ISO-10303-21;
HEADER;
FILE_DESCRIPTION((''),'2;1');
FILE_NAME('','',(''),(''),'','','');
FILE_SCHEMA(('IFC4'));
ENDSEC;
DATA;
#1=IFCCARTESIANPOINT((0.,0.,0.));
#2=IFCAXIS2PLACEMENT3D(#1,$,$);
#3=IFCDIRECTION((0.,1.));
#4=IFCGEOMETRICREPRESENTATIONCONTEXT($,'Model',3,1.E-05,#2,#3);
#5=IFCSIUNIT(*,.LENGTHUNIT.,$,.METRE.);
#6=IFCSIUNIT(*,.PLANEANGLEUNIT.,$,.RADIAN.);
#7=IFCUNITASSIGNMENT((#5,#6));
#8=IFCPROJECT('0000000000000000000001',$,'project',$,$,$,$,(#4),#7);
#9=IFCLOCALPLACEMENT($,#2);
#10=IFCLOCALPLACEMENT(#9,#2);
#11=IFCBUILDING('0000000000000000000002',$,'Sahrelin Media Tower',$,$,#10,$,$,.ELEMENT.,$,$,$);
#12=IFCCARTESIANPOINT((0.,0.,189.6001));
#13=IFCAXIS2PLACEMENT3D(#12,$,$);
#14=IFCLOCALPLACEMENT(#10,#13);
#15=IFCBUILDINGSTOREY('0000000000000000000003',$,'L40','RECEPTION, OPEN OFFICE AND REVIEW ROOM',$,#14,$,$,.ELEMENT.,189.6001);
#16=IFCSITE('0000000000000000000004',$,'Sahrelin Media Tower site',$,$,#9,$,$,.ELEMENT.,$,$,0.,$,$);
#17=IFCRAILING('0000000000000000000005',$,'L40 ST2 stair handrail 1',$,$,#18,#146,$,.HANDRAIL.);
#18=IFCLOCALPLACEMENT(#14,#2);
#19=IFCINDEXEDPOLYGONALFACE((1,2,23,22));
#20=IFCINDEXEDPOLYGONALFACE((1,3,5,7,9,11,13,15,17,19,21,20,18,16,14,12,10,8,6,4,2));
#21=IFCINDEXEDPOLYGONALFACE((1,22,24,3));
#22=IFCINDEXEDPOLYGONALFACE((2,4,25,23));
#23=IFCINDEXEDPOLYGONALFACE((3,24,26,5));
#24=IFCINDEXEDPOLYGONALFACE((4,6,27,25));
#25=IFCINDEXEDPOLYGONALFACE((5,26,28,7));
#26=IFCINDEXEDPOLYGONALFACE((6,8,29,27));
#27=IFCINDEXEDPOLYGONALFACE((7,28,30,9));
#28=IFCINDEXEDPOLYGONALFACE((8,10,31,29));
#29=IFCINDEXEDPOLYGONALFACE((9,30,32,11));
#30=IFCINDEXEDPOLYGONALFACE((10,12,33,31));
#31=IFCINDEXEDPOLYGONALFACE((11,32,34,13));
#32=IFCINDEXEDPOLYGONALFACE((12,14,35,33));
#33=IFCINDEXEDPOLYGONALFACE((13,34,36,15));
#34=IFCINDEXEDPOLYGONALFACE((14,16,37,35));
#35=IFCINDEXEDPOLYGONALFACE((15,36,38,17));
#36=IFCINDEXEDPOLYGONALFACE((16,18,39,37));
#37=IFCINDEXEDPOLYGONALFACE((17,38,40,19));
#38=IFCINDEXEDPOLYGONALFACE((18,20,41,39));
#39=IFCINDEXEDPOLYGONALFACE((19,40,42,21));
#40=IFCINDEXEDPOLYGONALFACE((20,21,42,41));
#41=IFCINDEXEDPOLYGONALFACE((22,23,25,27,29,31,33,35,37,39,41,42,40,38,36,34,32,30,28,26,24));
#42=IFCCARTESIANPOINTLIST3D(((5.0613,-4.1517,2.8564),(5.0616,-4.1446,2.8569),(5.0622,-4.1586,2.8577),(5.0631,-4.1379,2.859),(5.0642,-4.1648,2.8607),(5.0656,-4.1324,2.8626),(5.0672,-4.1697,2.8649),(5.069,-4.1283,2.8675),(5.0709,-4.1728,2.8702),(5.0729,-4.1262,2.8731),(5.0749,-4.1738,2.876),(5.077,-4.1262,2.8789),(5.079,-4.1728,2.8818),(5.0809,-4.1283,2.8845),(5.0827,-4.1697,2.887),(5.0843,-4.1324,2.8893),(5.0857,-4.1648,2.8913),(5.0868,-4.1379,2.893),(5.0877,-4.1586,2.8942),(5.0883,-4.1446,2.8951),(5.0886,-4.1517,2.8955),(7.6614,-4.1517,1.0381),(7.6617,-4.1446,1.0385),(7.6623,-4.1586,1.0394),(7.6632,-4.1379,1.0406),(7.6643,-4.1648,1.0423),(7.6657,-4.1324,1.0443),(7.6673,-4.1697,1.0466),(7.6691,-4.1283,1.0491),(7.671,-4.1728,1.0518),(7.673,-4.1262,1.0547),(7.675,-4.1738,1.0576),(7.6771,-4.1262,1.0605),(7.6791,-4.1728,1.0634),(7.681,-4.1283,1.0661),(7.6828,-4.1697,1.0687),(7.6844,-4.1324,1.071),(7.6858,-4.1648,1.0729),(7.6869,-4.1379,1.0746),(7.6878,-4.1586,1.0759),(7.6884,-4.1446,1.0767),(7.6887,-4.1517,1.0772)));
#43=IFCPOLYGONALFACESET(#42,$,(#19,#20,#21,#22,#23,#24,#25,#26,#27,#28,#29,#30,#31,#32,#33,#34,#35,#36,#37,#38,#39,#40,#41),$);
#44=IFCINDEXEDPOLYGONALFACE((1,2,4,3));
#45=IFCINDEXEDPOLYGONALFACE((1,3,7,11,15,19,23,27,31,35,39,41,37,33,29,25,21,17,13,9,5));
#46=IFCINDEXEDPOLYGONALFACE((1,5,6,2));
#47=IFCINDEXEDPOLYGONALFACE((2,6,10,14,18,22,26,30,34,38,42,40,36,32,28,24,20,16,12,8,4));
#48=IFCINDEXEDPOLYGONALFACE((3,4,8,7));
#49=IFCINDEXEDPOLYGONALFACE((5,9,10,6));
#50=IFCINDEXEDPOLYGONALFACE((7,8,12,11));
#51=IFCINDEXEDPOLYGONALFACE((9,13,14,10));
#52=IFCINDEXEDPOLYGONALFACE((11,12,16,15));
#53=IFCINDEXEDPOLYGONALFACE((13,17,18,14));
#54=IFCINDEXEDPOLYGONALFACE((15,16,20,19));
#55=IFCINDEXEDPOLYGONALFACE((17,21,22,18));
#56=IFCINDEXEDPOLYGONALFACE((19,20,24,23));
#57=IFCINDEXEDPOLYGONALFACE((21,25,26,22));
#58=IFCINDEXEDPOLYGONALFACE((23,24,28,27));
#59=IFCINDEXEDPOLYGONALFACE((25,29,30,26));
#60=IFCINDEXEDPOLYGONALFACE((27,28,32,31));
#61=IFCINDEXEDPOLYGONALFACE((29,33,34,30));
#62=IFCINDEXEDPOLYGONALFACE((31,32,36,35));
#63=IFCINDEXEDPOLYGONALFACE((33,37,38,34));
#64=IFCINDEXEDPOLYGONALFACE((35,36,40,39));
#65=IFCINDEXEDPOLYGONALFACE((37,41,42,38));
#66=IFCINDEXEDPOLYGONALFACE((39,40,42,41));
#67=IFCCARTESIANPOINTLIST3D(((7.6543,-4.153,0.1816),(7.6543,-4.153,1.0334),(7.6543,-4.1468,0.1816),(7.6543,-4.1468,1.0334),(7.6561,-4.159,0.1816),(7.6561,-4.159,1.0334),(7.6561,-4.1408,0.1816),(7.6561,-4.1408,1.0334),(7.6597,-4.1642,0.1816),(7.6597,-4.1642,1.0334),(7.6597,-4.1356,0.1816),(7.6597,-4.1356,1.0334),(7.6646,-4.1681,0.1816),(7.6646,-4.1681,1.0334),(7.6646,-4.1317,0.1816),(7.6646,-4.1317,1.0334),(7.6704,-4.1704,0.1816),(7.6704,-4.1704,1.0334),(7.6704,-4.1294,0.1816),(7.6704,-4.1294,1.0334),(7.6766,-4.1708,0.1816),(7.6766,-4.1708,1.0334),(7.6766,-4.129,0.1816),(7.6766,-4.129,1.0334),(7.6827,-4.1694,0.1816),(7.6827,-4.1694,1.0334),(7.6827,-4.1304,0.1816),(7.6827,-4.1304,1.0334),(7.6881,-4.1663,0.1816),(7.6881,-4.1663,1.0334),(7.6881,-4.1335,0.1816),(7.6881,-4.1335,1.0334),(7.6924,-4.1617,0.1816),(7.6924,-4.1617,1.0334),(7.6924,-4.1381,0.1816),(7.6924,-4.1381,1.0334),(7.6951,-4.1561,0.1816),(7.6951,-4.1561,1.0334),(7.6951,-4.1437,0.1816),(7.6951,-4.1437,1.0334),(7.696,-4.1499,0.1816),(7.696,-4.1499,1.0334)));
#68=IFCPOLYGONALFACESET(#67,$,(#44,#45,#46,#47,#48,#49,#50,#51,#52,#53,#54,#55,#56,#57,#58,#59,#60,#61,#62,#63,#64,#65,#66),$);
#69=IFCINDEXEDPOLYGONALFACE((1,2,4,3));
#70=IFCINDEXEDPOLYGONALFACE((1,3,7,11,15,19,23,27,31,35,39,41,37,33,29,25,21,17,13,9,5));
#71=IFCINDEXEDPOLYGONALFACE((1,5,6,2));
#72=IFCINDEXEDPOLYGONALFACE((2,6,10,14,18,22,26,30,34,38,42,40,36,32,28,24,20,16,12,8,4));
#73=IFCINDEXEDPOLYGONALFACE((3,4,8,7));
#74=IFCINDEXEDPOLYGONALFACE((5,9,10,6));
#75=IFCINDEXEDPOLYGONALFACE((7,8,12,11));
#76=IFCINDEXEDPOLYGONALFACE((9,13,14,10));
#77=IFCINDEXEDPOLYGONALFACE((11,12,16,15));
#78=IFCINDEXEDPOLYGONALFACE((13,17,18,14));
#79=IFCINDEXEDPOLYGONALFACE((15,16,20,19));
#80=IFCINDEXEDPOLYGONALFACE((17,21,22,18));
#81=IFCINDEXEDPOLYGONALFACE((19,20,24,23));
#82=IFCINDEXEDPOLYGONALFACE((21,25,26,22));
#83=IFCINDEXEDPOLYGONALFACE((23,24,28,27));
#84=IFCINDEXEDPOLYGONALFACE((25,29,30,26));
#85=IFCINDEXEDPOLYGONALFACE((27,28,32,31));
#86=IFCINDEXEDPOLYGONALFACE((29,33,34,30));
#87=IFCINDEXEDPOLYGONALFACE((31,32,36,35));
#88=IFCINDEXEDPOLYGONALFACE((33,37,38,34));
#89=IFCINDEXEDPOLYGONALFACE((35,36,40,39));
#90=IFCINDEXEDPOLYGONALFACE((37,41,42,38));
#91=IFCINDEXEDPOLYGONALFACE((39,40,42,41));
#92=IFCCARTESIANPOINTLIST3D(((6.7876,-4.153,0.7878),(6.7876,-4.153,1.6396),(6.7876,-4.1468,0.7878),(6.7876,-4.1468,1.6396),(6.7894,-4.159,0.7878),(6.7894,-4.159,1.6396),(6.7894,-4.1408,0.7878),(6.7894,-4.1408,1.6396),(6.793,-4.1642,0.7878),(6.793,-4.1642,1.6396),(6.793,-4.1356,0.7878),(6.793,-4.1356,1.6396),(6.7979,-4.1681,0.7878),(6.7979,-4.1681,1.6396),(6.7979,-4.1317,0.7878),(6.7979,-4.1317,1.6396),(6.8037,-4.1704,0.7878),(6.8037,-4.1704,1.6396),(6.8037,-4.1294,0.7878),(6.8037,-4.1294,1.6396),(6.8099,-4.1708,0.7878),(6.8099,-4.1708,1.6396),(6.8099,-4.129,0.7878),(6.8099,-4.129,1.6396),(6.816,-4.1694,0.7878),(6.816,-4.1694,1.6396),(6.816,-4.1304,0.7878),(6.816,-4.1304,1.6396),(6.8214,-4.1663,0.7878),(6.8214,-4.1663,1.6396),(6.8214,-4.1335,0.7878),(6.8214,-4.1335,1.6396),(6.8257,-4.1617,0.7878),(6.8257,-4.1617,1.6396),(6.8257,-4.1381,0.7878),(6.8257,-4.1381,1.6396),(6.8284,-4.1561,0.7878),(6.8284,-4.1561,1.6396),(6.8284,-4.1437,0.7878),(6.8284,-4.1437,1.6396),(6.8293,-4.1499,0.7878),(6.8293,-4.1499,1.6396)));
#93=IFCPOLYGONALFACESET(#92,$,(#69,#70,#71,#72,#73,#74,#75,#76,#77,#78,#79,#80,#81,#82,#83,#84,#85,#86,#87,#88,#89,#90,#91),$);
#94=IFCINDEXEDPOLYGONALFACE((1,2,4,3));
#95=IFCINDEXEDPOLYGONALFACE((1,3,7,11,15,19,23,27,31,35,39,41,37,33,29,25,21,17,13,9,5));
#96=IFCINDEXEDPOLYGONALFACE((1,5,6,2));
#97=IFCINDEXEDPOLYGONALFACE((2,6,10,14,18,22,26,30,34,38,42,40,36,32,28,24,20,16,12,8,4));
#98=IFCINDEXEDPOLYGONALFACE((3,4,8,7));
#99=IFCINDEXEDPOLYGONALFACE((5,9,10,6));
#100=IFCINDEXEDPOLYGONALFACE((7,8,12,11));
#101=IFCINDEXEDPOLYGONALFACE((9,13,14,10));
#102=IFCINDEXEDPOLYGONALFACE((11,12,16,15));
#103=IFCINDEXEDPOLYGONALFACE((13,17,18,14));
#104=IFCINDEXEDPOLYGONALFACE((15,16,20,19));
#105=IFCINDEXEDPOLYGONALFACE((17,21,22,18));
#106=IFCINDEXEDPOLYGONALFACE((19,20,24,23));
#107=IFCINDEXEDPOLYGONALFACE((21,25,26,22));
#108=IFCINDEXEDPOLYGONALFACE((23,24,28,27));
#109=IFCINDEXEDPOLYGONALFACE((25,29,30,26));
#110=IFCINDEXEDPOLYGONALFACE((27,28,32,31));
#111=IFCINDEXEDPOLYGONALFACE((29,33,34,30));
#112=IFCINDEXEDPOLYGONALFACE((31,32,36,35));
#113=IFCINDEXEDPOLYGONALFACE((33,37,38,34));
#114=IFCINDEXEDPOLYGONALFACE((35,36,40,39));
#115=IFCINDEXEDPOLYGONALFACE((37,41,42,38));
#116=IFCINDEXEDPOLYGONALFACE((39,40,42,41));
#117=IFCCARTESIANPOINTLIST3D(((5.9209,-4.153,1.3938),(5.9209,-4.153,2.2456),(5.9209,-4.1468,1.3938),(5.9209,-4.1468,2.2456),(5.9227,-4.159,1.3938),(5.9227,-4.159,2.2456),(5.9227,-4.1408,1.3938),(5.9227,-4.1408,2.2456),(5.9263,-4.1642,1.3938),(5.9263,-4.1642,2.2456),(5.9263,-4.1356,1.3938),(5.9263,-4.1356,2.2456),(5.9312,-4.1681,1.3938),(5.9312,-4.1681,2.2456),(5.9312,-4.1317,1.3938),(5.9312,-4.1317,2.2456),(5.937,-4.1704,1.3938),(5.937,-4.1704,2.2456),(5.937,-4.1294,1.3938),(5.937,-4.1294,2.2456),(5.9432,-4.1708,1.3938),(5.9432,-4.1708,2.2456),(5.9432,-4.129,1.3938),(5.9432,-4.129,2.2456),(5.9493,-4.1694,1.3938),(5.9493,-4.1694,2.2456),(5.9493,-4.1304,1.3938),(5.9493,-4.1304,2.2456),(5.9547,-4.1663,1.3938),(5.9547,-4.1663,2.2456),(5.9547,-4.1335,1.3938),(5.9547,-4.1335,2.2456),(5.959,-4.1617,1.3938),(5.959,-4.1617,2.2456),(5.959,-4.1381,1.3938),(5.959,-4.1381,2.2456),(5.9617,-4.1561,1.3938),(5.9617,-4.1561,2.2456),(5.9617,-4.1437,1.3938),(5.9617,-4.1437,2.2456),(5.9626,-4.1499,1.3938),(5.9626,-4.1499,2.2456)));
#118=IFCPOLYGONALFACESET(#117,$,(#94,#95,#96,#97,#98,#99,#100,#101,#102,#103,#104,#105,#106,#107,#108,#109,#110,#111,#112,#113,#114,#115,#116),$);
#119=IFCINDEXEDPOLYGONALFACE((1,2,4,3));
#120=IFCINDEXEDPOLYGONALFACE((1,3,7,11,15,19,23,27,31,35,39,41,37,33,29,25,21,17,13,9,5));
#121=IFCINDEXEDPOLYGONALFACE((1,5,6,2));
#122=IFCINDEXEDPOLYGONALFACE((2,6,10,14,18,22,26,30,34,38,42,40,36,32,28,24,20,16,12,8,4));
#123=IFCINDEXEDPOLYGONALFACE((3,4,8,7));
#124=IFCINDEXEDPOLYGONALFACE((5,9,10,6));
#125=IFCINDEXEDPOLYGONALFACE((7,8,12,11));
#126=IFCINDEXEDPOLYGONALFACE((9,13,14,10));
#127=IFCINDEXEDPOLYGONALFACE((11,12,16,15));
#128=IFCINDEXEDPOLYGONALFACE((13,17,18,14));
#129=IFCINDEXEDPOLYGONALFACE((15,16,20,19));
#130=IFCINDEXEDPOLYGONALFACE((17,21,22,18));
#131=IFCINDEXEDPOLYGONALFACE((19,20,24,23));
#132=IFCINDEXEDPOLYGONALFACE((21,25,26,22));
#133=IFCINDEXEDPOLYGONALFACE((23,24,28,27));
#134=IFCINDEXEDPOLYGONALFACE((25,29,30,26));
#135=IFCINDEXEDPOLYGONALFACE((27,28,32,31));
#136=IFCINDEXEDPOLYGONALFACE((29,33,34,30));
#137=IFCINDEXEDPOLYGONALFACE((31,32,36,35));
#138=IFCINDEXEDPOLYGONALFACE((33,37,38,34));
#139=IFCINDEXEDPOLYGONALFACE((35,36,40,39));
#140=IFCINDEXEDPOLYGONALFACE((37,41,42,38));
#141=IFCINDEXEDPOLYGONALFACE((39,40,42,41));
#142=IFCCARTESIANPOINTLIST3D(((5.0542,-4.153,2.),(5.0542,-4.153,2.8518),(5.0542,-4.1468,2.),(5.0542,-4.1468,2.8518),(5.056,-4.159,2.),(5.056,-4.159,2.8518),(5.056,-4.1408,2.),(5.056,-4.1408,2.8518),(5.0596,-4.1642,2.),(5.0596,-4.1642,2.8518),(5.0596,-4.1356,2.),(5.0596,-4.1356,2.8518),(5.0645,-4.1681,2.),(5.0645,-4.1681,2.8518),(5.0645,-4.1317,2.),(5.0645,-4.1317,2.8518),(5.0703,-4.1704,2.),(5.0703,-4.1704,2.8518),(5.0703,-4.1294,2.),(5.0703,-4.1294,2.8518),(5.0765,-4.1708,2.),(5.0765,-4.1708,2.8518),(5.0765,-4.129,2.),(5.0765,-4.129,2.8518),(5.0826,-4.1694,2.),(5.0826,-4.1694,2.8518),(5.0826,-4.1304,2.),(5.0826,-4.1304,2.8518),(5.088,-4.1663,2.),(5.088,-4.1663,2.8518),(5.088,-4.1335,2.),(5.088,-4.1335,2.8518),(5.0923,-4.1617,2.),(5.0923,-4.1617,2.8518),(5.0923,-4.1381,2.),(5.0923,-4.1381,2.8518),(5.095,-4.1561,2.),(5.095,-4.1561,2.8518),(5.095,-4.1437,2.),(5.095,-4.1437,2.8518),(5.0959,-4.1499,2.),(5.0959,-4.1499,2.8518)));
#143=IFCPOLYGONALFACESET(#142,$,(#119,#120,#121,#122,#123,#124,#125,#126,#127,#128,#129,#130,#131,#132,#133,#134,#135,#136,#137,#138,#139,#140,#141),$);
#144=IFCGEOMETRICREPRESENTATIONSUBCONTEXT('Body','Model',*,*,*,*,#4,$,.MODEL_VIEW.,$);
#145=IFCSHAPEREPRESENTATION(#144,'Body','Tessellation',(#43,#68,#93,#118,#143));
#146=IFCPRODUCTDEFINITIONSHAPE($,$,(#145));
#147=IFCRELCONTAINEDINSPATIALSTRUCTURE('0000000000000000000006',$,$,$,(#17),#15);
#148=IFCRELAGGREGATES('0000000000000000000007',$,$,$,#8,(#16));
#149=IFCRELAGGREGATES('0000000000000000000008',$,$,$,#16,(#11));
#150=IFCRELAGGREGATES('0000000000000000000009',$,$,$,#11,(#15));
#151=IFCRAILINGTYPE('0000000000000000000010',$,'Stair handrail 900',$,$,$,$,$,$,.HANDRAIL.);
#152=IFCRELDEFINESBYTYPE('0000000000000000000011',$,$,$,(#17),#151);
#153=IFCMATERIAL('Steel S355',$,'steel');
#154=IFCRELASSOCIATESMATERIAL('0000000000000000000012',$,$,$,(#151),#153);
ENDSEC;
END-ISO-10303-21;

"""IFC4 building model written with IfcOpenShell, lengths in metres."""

from ifc_helpers import new_model, si_unit, direction, frame, origin, origin_2d, place, context, subcontext, project, spatial, circle, extrude, material, type_object, element, save


model = new_model("IFC4")

# Units and contexts
model_context = context("Model", 3, precision=1e-05, world=origin(), true_north=direction((0.0, 1.0)))
body_context = subcontext(model_context, "Body", "Model", "MODEL_VIEW")
ifc_project = project(units=[si_unit("LENGTHUNIT", "METRE"), si_unit("PLANEANGLEUNIT", "RADIAN")], contexts=[model_context])

# Site, building, storey
site_placement = place(None, origin())
site = spatial("IfcSite", under=ifc_project, at=site_placement, Name="Sahrelin Media Tower site", CompositionType="ELEMENT", RefElevation=0.0)
building_placement = place(site_placement, origin())
building = spatial("IfcBuilding", under=site, at=building_placement, Name="Sahrelin Media Tower", CompositionType="ELEMENT")
storey_placement = place(building_placement, frame((0.0, 0.0, 189.6001)))
storey = spatial("IfcBuildingStorey", under=building, at=storey_placement, Name="L40", Description="RECEPTION, OPEN OFFICE AND REVIEW ROOM", CompositionType="ELEMENT", Elevation=189.6001)

# Shared definitions
ifc_material_1 = material(Name="Steel S355", Category="steel")

# Railing
railing_type_1 = type_object("IfcRailingType", Name="Stair handrail 900", PredefinedType="HANDRAIL", material=ifc_material_1)
railing_1_placement = place(storey_placement, frame((7.675, -4.1499, 0.1816)))
element("IfcRailing", 1, at=railing_1_placement, inside=storey, type_object=railing_type_1, Name="L40 ST2 stair handrail 1", PredefinedType="HANDRAIL", context=body_context, shape_type="SweptSolid", body=[
    extrude(circle(Radius=0.0239, at=origin_2d()), frame((0.0, 0.0, 0.876), z_axis=(-0.819485, 0.0, 0.573101), x_axis=(0.0, -1.0, 0.0)), (0.0, 0.0, 1.0), 3.1729),
    extrude(circle(Radius=0.021, at=origin_2d()), origin(), (0.0, 0.0, 1.0), 0.8518),
    extrude(circle(Radius=0.021, at=origin_2d()), frame((-0.8667, 0.0, 0.6062)), (0.0, 0.0, 1.0), 0.8518),
    extrude(circle(Radius=0.021, at=origin_2d()), frame((-1.7334, 0.0, 1.2122)), (0.0, 0.0, 1.0), 0.8518),
    extrude(circle(Radius=0.021, at=origin_2d()), frame((-2.6001, 0.0, 1.8184)), (0.0, 0.0, 1.0), 0.8518),
])

save(model, "model.ifc")
